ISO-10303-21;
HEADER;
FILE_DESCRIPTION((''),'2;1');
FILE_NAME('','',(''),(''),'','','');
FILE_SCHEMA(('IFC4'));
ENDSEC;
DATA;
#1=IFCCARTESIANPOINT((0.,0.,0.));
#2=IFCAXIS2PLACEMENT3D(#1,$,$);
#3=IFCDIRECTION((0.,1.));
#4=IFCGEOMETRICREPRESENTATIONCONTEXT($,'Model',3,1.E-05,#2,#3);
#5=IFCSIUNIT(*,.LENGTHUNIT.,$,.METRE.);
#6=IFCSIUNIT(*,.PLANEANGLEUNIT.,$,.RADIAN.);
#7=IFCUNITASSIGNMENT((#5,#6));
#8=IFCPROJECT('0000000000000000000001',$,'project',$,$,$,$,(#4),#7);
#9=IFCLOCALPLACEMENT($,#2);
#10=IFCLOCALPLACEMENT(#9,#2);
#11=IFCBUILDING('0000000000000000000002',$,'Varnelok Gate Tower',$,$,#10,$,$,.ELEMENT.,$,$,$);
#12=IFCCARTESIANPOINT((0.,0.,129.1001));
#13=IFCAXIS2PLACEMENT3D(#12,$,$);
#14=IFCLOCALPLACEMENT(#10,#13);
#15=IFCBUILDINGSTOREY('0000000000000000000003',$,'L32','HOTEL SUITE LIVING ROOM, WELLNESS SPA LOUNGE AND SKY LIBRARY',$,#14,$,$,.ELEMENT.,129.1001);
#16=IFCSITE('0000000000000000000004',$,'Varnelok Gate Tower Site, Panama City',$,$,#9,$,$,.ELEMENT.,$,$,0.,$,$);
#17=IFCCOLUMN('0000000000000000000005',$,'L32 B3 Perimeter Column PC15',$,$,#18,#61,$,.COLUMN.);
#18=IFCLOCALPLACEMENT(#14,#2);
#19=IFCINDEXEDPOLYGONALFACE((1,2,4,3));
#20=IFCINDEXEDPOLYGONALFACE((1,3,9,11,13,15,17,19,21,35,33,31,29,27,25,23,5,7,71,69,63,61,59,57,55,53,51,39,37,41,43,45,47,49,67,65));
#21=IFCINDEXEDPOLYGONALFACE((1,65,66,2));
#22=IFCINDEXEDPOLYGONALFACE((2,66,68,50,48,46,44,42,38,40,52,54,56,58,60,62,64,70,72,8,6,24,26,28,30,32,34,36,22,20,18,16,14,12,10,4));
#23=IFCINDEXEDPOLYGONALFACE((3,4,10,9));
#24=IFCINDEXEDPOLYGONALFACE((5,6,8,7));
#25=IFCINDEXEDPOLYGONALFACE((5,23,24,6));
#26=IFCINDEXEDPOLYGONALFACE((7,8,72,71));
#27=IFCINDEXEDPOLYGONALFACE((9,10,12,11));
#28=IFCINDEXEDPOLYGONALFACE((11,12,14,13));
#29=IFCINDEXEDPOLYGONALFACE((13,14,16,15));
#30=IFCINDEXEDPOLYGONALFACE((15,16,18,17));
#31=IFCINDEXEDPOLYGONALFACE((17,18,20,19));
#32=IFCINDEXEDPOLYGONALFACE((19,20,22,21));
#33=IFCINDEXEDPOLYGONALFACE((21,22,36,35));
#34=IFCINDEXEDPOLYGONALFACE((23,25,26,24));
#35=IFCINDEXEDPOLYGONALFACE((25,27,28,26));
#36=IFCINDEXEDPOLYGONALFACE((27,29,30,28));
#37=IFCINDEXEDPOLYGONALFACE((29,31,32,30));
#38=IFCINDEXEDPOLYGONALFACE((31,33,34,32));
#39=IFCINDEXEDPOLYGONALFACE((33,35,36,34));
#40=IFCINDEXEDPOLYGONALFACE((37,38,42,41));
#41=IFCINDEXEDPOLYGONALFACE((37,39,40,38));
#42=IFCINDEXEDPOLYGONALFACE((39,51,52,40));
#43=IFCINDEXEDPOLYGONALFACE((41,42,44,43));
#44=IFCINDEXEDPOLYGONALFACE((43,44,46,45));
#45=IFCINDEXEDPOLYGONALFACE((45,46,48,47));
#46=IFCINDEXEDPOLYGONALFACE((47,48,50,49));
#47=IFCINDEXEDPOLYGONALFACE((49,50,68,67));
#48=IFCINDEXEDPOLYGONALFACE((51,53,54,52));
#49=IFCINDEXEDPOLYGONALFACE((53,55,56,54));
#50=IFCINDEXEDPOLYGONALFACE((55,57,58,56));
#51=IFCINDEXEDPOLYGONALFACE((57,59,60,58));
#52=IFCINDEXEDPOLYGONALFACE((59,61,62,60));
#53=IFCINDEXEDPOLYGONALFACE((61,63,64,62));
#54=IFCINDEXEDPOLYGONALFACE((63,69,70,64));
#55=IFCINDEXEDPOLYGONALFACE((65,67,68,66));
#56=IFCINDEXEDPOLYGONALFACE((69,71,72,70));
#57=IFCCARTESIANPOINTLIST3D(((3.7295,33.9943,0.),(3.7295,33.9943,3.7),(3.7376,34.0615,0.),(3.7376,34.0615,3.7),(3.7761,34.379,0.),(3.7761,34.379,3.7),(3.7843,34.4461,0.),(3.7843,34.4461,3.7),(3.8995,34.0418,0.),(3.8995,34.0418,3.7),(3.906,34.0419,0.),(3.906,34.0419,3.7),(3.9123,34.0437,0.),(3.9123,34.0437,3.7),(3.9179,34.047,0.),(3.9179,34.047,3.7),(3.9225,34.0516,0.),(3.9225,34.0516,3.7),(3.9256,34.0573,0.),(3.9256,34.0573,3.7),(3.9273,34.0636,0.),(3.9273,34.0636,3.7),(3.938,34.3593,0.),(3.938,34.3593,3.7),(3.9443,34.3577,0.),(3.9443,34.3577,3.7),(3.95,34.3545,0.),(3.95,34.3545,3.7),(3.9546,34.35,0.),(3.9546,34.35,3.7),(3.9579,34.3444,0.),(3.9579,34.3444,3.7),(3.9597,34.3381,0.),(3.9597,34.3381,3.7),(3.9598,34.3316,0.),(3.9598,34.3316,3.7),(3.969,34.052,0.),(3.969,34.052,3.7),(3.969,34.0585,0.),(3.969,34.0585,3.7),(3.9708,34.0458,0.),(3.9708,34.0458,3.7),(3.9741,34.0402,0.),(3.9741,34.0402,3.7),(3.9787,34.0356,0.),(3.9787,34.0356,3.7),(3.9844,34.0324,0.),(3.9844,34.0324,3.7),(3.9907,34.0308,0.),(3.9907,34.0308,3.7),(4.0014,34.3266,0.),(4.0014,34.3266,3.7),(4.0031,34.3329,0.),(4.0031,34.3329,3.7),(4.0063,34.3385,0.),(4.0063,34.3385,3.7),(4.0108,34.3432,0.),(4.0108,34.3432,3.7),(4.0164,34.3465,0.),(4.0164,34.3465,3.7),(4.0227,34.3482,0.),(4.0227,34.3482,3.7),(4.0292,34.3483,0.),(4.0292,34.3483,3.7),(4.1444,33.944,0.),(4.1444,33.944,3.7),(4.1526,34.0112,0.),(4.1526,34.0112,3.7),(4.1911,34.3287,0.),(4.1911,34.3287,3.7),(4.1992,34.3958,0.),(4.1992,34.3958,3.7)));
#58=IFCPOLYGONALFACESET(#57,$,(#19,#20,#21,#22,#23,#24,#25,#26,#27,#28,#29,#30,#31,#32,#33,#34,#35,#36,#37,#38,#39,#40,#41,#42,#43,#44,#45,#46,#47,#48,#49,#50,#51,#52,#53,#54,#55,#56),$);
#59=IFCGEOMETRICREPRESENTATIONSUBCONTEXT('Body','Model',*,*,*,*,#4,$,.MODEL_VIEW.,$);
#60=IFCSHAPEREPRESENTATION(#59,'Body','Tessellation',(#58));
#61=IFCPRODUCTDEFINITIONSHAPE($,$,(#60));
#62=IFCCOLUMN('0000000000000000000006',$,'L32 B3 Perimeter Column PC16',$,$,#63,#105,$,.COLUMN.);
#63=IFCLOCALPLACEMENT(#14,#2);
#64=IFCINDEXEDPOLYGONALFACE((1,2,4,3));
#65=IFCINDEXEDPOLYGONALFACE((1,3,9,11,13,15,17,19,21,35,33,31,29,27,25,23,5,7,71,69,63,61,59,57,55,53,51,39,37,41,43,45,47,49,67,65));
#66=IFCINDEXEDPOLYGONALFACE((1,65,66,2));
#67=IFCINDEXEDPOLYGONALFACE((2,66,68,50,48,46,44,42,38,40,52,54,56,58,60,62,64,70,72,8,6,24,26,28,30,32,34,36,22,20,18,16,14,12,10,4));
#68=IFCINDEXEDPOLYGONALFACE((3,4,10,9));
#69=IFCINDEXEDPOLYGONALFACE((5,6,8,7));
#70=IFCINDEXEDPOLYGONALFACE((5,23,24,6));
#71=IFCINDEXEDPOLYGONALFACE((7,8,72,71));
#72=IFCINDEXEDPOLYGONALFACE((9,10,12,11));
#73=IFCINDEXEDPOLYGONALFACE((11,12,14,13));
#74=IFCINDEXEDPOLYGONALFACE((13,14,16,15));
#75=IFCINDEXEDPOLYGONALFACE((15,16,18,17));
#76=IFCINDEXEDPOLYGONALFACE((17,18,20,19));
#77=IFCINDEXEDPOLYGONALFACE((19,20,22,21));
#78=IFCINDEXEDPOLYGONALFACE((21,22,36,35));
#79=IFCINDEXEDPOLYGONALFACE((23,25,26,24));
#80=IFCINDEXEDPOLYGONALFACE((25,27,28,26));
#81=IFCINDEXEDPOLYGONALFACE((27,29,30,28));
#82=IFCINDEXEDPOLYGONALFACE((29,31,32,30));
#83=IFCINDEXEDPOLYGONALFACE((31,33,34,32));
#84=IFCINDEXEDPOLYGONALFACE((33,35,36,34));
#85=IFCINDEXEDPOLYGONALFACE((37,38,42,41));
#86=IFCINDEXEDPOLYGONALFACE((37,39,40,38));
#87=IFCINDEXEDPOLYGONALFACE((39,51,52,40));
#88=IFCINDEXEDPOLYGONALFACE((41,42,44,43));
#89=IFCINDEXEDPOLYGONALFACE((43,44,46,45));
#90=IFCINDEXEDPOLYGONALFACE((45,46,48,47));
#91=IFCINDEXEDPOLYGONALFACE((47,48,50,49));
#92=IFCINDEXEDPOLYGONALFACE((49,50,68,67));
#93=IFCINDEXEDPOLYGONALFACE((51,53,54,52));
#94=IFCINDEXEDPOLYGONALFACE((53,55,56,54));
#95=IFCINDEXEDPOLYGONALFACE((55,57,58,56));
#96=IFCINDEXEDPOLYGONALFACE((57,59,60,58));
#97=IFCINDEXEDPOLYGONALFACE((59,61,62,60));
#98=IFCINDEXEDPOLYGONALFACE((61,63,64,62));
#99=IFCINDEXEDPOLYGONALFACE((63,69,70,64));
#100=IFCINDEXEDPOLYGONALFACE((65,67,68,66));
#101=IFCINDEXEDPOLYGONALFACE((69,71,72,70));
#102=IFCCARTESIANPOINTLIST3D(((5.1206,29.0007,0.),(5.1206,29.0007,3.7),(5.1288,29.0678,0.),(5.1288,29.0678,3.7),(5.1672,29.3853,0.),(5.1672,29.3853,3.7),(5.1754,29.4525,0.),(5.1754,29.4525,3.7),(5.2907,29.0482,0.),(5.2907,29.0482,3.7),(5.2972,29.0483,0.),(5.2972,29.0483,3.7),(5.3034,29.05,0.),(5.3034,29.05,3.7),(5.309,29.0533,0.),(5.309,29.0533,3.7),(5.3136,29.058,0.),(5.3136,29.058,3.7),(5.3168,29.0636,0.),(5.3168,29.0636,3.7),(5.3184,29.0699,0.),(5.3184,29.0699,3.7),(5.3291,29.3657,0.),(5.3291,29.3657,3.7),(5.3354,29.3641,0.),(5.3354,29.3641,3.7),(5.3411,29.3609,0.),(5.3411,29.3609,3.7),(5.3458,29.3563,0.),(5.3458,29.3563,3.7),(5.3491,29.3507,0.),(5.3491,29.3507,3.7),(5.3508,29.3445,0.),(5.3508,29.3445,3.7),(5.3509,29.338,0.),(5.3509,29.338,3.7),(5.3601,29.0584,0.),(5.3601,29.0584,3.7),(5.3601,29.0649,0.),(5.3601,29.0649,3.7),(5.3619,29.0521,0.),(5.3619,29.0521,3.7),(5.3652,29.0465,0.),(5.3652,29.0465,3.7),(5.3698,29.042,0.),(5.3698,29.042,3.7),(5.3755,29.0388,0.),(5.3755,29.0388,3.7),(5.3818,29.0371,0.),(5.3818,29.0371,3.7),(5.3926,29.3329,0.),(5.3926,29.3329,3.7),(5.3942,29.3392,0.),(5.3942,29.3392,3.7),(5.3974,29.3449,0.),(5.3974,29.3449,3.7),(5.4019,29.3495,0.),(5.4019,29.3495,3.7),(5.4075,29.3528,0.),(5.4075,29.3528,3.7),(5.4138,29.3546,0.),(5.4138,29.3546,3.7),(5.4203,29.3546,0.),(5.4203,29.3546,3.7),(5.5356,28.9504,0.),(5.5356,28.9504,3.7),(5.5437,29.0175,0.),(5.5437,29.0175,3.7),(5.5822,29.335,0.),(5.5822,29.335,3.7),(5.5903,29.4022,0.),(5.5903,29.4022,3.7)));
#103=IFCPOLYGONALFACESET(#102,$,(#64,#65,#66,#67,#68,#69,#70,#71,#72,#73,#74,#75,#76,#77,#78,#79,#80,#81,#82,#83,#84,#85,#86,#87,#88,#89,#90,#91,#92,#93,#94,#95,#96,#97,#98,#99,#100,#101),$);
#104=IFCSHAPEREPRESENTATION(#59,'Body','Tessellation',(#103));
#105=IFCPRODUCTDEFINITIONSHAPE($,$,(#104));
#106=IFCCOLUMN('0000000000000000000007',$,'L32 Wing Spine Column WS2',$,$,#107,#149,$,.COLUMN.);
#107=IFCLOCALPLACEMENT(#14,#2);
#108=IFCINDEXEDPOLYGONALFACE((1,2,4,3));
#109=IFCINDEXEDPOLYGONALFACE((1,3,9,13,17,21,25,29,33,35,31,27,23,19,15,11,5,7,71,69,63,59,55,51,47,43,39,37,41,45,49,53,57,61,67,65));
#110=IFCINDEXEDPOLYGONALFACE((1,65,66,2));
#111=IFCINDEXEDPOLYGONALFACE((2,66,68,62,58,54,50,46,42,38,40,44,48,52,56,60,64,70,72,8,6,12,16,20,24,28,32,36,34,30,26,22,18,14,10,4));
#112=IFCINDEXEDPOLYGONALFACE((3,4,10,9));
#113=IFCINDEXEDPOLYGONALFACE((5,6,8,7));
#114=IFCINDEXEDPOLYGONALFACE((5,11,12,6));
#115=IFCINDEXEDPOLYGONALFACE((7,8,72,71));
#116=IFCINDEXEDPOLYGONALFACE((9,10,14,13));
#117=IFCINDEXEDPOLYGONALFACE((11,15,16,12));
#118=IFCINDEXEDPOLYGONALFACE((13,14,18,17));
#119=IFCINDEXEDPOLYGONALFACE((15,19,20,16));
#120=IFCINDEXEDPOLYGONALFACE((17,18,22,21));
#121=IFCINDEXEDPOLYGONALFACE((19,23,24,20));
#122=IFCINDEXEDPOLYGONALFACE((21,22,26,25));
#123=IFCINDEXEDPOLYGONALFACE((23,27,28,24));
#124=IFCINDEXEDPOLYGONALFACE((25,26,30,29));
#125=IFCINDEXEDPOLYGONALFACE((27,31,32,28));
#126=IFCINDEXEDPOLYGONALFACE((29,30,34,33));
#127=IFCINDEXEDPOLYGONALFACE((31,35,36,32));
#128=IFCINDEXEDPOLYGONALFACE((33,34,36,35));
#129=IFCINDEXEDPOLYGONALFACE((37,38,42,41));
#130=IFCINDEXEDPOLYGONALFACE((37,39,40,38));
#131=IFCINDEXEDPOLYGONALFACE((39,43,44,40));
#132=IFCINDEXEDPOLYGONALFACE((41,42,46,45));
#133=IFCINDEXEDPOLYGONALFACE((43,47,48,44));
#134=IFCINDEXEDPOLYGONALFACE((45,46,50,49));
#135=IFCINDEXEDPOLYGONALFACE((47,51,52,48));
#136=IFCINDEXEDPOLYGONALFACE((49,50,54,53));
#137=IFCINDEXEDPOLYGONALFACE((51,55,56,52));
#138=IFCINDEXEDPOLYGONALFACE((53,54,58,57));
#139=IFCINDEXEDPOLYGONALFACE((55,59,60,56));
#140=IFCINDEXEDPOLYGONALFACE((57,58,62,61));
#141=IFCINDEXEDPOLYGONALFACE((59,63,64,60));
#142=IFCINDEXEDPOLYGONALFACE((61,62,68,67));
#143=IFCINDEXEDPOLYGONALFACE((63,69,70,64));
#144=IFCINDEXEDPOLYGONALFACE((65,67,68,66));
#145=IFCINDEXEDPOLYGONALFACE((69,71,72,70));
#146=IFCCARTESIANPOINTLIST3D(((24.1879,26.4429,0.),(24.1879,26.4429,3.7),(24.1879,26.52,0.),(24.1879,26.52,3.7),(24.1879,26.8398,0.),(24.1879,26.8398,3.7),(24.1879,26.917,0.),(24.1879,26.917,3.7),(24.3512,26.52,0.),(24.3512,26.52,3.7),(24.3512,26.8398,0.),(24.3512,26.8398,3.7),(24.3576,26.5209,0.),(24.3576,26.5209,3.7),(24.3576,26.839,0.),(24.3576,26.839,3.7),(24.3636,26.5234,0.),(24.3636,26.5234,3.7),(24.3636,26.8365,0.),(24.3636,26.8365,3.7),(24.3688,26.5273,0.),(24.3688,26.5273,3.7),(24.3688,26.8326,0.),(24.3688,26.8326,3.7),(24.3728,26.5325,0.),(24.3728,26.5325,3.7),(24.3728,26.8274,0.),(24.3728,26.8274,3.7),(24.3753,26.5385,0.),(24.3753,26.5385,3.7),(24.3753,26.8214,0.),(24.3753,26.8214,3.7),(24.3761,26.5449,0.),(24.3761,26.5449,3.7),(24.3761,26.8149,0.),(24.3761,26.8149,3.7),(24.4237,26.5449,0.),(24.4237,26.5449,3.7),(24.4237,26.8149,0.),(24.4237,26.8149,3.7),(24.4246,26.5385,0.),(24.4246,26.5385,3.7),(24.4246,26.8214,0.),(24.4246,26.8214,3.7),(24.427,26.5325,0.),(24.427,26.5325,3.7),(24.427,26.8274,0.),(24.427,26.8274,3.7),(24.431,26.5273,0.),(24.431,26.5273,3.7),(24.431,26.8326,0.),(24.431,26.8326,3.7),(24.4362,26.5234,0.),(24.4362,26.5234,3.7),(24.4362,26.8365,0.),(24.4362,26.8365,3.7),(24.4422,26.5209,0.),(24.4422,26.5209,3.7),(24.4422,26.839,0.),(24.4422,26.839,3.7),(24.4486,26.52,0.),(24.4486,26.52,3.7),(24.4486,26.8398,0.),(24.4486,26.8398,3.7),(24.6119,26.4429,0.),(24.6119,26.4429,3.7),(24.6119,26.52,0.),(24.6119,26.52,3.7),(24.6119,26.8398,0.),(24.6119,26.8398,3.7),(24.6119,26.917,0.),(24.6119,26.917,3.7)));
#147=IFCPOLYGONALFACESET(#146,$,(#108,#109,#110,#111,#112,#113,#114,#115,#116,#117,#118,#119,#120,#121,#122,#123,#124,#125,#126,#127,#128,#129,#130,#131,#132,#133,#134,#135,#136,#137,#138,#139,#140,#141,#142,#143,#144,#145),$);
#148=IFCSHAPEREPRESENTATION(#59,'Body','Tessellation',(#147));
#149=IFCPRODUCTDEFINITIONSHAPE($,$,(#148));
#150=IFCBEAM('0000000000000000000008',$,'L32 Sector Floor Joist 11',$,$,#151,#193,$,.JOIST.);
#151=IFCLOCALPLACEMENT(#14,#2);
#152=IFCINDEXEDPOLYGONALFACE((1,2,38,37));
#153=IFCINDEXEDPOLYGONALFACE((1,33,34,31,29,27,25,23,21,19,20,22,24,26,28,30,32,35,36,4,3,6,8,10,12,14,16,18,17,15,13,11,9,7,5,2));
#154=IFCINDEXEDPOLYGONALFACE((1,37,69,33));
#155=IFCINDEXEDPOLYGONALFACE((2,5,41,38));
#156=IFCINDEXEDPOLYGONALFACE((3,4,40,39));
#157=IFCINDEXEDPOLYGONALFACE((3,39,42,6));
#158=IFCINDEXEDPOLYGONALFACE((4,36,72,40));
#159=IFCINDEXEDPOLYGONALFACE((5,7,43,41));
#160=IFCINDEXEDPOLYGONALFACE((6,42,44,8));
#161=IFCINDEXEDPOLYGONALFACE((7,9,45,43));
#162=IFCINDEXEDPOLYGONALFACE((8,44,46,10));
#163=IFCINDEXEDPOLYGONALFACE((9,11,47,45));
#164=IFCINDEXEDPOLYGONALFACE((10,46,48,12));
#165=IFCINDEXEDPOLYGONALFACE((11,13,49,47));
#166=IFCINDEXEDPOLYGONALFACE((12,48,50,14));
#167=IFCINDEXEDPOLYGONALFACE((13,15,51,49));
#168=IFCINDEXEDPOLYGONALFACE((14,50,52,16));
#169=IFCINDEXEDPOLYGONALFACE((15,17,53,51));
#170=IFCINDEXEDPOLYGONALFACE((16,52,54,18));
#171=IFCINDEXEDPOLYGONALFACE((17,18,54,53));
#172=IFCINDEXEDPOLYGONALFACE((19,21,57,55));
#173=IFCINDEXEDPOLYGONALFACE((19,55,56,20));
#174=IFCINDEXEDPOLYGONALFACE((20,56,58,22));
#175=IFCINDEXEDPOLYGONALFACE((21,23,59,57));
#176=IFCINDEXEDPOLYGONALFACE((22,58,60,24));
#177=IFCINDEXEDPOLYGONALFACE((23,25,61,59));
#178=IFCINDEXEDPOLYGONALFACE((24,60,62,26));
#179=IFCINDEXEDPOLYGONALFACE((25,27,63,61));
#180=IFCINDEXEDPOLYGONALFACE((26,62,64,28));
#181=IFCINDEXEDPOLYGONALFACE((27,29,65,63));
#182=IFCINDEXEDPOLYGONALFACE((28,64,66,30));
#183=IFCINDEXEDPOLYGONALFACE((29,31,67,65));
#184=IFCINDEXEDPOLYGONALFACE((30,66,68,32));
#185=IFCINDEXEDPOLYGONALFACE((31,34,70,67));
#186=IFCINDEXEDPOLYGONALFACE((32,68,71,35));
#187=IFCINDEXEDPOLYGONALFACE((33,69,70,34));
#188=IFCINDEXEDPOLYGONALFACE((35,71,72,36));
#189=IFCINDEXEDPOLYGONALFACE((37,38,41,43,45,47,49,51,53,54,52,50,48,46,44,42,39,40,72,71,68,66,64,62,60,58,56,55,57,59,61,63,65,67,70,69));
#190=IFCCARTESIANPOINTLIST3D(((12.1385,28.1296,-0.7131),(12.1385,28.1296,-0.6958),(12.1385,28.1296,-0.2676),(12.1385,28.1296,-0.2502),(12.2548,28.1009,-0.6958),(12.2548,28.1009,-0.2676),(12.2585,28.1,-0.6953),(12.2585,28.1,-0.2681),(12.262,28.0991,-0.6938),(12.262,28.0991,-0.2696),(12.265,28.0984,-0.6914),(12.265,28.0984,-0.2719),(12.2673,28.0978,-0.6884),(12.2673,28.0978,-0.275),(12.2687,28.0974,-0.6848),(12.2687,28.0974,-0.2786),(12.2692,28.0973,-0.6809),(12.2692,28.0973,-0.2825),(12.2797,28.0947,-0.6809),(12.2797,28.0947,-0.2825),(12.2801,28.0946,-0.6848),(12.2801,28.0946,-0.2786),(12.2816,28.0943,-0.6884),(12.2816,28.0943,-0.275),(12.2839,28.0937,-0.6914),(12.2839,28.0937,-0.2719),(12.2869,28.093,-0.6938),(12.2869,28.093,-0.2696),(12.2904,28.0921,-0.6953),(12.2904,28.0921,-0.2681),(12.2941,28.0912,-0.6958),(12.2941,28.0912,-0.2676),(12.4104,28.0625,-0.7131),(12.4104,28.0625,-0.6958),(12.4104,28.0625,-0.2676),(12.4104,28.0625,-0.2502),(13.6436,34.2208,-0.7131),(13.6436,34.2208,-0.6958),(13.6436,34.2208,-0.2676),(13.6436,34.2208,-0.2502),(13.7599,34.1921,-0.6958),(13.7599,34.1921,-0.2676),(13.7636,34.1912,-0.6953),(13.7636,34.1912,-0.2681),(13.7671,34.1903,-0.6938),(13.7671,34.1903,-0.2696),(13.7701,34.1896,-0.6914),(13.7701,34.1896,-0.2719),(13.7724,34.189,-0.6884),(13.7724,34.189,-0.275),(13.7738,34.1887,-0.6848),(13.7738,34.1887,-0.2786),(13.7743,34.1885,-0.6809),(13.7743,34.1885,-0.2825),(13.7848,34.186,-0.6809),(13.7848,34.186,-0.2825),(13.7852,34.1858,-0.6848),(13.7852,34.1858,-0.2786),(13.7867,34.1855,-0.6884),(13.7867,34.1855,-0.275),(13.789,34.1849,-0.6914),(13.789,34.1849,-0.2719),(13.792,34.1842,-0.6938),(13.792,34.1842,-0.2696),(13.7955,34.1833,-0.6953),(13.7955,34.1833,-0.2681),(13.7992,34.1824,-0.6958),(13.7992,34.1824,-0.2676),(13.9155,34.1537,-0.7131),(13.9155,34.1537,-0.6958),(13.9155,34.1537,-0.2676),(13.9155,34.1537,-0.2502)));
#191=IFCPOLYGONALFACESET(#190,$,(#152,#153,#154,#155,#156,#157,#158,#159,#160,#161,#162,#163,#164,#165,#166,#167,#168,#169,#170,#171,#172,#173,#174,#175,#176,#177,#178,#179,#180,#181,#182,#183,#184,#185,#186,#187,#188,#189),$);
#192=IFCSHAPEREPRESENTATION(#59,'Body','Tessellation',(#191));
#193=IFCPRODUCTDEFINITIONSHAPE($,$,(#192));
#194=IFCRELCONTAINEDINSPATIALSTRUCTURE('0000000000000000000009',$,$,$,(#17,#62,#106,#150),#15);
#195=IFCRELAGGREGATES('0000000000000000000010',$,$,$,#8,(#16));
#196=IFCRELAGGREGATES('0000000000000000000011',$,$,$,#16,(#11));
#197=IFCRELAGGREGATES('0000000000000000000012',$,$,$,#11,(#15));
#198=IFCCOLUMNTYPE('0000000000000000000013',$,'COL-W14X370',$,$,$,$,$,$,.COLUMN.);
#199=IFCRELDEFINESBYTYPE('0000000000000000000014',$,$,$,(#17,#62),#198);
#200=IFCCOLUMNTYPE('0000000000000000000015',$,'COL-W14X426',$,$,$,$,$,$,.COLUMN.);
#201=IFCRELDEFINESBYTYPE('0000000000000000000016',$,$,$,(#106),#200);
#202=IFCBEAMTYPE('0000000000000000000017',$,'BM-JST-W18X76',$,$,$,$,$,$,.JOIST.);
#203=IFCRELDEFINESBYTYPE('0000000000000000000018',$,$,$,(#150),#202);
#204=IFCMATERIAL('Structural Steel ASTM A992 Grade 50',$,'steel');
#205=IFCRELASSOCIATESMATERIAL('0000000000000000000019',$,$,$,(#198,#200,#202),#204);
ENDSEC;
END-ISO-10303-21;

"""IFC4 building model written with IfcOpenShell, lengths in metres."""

from ifc_helpers import new_model, si_unit, direction, frame, origin, origin_2d, place, context, subcontext, project, spatial, i_section, extrude, material, material_profile, profile_set, type_object, element, save


model = new_model("IFC4")

# Units and contexts
model_context = context("Model", 3, precision=1e-05, world=origin(), true_north=direction((0.0, 1.0)))
body_context = subcontext(model_context, "Body", "Model", "MODEL_VIEW")
ifc_project = project(units=[si_unit("LENGTHUNIT", "METRE"), si_unit("PLANEANGLEUNIT", "RADIAN")], contexts=[model_context])

# Site, building, storey
site_placement = place(None, origin())
site = spatial("IfcSite", under=ifc_project, at=site_placement, Name="Varnelok Gate Tower Site, Panama City", CompositionType="ELEMENT", RefElevation=0.0)
building_placement = place(site_placement, origin())
building = spatial("IfcBuilding", under=site, at=building_placement, Name="Varnelok Gate Tower", CompositionType="ELEMENT")
storey_placement = place(building_placement, frame((0.0, 0.0, 129.1001)))
storey = spatial("IfcBuildingStorey", under=building, at=storey_placement, Name="L32", Description="HOTEL SUITE LIVING ROOM, WELLNESS SPA LOUNGE AND SKY LIBRARY", CompositionType="ELEMENT", Elevation=129.1001)

# Columns
ifc_material_1 = material(Name="Structural Steel ASTM A992 Grade 50", Category="steel")
ifc_material_profile_1 = material_profile(ifc_material_1, i_section(OverallWidth=0.418, OverallDepth=0.4551, WebThickness=0.042, FlangeThickness=0.0676, FilletRadius=0.0249, at=origin_2d()), Name="W14X370")
ifc_profile_set_1 = profile_set([ifc_material_profile_1], Name="Structural Steel ASTM A992 Grade 50")
column_type_1 = type_object("IfcColumnType", Name="COL-W14X370", PredefinedType="COLUMN", material=ifc_profile_set_1)
for number, where, z_axis, x_axis, name in (
    (1, (3.9644, 34.1951, 0.0), (0.0, 0.0, 1.0), (0.992732, -0.120345, 0.0), "L32 B3 Perimeter Column PC15"),
    (2, (5.3555, 29.2014, 0.0), (0.0, 0.0, 1.0), (0.992732, -0.120345, 0.0), "L32 B3 Perimeter Column PC16"),
):
    element("IfcColumn", number, at=place(storey_placement, frame(where, z_axis=z_axis, x_axis=x_axis)), inside=storey, type_object=column_type_1, Name=name, PredefinedType="COLUMN", context=body_context, shape_type="SweptSolid", body=[
        extrude(i_section(OverallWidth=0.418, OverallDepth=0.4551, WebThickness=0.042, FlangeThickness=0.0676, FilletRadius=0.0249, at=origin_2d()), origin(), (0.0, 0.0, 1.0), 3.7),
    ])
ifc_material_profile_2 = material_profile(ifc_material_1, i_section(OverallWidth=0.4241, OverallDepth=0.4741, WebThickness=0.0476, FlangeThickness=0.0771, FilletRadius=0.0249, at=origin_2d()), Name="W14X426")
ifc_profile_set_2 = profile_set([ifc_material_profile_2], Name="Structural Steel ASTM A992 Grade 50")
column_type_2 = type_object("IfcColumnType", Name="COL-W14X426", PredefinedType="COLUMN", material=ifc_profile_set_2)
column_placement = place(storey_placement, frame((24.3999, 26.6799, 0.0), z_axis=(0.0, 0.0, 1.0), x_axis=(1.0, 0.0, 0.0)))
element("IfcColumn", 3, at=column_placement, inside=storey, type_object=column_type_2, Name="L32 Wing Spine Column WS2", PredefinedType="COLUMN", context=body_context, shape_type="SweptSolid", body=[
    extrude(i_section(OverallWidth=0.4241, OverallDepth=0.4741, WebThickness=0.0476, FlangeThickness=0.0771, FilletRadius=0.0249, at=origin_2d()), origin(), (0.0, 0.0, 1.0), 3.7),
])

# Beam
ifc_material_profile_3 = material_profile(ifc_material_1, i_section(OverallWidth=0.28, OverallDepth=0.4629, WebThickness=0.0107, FlangeThickness=0.0173, FilletRadius=0.0149, at=origin_2d()), Name="W18X76")
ifc_profile_set_3 = profile_set([ifc_material_profile_3], Name="Structural Steel ASTM A992 Grade 50")
beam_type_1 = type_object("IfcBeamType", Name="BM-JST-W18X76", PredefinedType="JOIST", material=ifc_profile_set_3)
beam_1_placement = place(storey_placement, frame((13.7795, 34.1873, -0.4817), z_axis=(-0.23988, -0.970803, 0.0), x_axis=(0.970803, -0.23988, 0.0)))
element("IfcBeam", 4, at=beam_1_placement, inside=storey, type_object=beam_type_1, Name="L32 Sector Floor Joist 11", PredefinedType="JOIST", context=body_context, shape_type="SweptSolid", body=[
    extrude(i_section(OverallWidth=0.28, OverallDepth=0.4629, WebThickness=0.0107, FlangeThickness=0.0173, FilletRadius=0.0149, at=origin_2d()), origin(), (0.0, 0.0, 1.0), 6.2744),
])

save(model, "model.ifc")
